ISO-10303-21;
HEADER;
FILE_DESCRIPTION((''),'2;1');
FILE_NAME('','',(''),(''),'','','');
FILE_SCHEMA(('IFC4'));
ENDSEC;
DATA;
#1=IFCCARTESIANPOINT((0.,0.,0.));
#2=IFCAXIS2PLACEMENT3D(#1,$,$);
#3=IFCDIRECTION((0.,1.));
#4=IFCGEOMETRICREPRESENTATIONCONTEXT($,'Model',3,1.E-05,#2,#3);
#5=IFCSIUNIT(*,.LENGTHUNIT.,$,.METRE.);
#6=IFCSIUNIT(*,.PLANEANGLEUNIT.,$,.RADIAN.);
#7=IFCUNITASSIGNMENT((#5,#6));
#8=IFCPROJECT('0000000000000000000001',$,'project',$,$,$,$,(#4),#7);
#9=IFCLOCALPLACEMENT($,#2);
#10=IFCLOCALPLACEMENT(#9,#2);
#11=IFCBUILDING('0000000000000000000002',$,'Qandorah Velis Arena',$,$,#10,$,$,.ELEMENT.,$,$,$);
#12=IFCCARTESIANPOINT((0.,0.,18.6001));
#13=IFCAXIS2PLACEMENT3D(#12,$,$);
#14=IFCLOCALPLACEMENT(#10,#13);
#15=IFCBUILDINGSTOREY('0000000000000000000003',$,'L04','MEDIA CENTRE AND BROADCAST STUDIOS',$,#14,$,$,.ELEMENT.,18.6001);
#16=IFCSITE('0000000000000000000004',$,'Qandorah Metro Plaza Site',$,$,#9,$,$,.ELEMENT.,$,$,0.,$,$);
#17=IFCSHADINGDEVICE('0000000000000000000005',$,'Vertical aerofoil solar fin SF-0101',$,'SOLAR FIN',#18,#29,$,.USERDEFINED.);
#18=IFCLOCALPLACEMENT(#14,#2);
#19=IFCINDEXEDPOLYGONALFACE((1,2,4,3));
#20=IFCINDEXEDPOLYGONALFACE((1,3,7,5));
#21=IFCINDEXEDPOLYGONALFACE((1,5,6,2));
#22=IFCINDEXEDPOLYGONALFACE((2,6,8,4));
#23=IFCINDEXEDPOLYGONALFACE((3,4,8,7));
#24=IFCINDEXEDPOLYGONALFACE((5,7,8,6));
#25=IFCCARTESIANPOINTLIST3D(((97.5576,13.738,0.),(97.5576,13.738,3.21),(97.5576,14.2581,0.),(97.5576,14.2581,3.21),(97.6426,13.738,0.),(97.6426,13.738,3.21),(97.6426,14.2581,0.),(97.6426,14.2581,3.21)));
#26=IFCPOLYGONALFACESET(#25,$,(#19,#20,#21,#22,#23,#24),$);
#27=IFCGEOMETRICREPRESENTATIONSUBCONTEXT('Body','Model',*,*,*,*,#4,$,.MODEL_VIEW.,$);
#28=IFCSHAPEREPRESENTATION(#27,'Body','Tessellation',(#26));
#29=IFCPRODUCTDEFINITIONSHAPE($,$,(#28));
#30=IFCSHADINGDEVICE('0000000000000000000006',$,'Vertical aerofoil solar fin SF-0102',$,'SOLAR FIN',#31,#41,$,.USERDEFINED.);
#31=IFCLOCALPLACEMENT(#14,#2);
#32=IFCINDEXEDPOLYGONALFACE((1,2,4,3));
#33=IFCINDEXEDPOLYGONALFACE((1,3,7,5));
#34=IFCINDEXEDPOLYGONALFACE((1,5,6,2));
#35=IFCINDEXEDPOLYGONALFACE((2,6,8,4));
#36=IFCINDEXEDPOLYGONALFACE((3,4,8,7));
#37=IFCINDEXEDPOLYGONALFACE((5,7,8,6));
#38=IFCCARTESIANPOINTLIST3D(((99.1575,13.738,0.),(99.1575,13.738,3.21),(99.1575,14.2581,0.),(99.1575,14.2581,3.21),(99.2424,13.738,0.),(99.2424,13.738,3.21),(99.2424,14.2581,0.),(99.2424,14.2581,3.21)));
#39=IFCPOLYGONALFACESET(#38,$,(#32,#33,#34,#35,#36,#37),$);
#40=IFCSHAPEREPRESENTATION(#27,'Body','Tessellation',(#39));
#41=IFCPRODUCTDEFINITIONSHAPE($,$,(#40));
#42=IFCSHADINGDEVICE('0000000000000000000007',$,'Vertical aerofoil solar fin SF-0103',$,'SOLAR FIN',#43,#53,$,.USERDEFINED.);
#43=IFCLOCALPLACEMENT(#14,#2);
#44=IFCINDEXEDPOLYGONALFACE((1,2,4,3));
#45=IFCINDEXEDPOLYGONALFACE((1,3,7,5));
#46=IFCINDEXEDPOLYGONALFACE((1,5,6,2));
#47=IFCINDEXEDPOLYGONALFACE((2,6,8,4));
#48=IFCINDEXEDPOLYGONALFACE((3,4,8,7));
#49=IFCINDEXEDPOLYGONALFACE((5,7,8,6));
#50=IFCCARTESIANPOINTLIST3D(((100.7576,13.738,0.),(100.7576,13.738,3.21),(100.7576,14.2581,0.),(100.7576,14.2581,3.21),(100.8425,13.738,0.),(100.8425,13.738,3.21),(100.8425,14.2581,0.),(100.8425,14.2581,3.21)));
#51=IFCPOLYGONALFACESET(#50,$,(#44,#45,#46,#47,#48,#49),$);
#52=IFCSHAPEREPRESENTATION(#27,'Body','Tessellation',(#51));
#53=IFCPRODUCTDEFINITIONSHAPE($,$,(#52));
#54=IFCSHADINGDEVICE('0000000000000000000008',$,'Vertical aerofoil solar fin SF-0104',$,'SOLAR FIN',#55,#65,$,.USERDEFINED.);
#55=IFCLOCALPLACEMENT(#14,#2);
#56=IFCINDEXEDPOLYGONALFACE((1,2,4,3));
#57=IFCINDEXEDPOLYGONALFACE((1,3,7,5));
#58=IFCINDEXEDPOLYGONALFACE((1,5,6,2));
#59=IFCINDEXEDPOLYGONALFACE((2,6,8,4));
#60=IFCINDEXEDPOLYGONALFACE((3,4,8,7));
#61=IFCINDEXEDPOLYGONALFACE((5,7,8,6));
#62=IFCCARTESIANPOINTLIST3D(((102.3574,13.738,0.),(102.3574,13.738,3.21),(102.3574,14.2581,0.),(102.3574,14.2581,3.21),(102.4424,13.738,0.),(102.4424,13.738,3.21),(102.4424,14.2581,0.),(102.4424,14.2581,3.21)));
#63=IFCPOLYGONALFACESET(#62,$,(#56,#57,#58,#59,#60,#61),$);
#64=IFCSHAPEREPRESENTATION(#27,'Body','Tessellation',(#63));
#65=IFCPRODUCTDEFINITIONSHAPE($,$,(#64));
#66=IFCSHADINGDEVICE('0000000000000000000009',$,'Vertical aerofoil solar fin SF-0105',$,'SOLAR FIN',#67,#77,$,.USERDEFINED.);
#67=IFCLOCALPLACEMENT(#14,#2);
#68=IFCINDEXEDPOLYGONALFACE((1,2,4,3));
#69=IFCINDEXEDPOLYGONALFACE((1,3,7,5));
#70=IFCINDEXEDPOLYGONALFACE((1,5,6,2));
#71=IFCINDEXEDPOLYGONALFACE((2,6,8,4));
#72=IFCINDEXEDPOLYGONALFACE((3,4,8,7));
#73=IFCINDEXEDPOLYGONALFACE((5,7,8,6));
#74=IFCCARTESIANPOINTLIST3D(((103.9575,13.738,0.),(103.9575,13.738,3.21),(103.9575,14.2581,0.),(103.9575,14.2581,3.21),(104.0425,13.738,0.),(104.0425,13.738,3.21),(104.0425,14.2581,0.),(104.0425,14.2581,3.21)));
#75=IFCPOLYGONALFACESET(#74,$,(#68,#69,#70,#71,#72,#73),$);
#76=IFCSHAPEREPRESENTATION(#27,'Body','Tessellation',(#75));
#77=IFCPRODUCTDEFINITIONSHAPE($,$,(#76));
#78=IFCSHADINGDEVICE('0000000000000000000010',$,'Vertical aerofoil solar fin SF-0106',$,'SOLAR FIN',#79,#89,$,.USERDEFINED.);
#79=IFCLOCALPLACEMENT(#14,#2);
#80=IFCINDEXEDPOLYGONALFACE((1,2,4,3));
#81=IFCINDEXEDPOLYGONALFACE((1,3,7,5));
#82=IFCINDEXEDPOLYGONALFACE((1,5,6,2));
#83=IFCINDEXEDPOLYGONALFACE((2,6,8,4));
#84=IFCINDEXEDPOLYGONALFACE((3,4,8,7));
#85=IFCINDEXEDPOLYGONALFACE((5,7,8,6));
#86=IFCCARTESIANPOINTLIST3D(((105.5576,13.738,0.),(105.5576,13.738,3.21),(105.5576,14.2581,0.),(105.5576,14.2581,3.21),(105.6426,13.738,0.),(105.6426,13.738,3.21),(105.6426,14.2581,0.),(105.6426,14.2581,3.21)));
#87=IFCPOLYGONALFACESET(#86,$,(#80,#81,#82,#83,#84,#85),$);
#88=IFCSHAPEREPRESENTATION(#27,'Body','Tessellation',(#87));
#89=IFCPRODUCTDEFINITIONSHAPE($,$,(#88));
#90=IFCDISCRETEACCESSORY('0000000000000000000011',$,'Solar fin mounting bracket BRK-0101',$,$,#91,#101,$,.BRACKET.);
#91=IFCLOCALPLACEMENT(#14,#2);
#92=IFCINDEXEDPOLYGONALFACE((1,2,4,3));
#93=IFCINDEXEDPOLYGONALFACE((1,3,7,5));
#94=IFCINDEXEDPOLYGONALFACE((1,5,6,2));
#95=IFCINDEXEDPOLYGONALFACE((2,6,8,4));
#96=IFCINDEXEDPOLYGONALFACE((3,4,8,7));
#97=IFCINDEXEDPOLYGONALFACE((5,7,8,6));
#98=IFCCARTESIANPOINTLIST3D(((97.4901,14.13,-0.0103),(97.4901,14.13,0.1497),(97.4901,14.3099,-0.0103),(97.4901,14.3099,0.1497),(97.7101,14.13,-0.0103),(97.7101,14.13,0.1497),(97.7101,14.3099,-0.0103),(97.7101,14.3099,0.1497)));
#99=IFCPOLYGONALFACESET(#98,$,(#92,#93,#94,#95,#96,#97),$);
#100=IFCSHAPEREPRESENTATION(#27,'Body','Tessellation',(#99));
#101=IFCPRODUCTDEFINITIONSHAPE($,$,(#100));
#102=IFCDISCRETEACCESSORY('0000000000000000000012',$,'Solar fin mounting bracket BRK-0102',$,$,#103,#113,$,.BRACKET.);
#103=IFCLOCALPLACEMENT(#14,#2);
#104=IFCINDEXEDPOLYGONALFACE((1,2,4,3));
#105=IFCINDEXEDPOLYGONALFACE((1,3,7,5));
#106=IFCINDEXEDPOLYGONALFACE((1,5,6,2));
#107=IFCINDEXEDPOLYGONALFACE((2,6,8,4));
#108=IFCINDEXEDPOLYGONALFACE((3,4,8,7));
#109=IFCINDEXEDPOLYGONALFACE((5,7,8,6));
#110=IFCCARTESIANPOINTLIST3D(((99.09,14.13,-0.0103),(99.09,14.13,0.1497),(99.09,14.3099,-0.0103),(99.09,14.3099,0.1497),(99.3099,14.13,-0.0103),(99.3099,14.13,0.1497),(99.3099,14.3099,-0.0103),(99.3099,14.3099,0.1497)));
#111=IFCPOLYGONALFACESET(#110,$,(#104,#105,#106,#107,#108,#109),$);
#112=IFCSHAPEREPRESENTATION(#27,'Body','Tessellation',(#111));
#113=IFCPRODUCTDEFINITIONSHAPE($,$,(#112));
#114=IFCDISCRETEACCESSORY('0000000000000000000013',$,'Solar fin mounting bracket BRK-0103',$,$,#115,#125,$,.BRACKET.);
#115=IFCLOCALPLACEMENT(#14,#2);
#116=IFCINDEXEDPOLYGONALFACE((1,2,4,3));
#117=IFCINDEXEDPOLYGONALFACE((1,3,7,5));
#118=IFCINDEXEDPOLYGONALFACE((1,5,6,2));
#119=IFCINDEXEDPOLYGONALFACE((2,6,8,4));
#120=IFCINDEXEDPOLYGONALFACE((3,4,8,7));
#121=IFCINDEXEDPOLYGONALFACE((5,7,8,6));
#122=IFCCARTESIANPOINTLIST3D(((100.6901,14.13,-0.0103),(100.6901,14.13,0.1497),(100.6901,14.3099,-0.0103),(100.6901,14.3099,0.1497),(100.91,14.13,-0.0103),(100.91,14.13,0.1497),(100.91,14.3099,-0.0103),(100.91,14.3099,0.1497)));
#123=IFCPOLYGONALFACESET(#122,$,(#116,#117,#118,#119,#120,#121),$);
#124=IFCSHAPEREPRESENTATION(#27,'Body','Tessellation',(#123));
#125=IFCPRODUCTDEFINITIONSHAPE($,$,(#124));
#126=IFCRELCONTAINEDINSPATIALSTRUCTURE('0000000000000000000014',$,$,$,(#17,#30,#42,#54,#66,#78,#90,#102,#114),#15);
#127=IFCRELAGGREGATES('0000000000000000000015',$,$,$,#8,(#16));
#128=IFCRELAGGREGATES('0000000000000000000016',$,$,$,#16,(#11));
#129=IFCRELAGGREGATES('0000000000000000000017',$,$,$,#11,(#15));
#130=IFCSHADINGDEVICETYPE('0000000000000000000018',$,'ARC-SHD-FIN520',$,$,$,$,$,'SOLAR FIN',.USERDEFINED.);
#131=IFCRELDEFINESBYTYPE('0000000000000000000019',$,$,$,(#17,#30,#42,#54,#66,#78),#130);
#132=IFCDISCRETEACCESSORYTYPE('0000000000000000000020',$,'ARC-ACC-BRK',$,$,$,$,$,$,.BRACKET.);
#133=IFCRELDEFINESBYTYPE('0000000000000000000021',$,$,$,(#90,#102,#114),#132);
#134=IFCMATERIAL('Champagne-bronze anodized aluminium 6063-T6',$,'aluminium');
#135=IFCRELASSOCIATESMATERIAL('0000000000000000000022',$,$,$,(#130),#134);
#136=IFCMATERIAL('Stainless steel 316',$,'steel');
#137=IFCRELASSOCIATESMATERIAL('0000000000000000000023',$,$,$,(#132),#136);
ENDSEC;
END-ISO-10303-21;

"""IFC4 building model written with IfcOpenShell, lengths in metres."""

from ifc_helpers import new_model, si_unit, direction, frame, origin, origin_2d, place, context, subcontext, project, spatial, rectangle, extrude, material, type_object, element, save


model = new_model("IFC4")

# Units and contexts
model_context = context("Model", 3, precision=1e-05, world=origin(), true_north=direction((0.0, 1.0)))
body_context = subcontext(model_context, "Body", "Model", "MODEL_VIEW")
ifc_project = project(units=[si_unit("LENGTHUNIT", "METRE"), si_unit("PLANEANGLEUNIT", "RADIAN")], contexts=[model_context])

# Site, building, storey
site_placement = place(None, origin())
site = spatial("IfcSite", under=ifc_project, at=site_placement, Name="Qandorah Metro Plaza Site", CompositionType="ELEMENT", RefElevation=0.0)
building_placement = place(site_placement, origin())
building = spatial("IfcBuilding", under=site, at=building_placement, Name="Qandorah Velis Arena", CompositionType="ELEMENT")
storey_placement = place(building_placement, frame((0.0, 0.0, 18.6001)))
storey = spatial("IfcBuildingStorey", under=building, at=storey_placement, Name="L04", Description="MEDIA CENTRE AND BROADCAST STUDIOS", CompositionType="ELEMENT", Elevation=18.6001)

# Shared definitions
ifc_material_1 = material(Name="Champagne-bronze anodized aluminium 6063-T6", Category="aluminium")

# Shading devices
shading_device_type = type_object("IfcShadingDeviceType", Name="ARC-SHD-FIN520", ElementType="SOLAR FIN", PredefinedType="USERDEFINED", material=ifc_material_1)
for number, where, z_axis, x_axis, name in (
    (1, (97.6001, 13.998, 0.0), (0.0, 0.0, 1.0), (1.0, 0.0, 0.0), "Vertical aerofoil solar fin SF-0101"),
    (2, (99.2, 13.998, 0.0), (0.0, 0.0, 1.0), (1.0, 0.0, 0.0), "Vertical aerofoil solar fin SF-0102"),
    (3, (100.8, 13.998, 0.0), (0.0, 0.0, 1.0), (1.0, 0.0, 0.0), "Vertical aerofoil solar fin SF-0103"),
    (4, (102.3999, 13.998, 0.0), (0.0, 0.0, 1.0), (1.0, 0.0, 0.0), "Vertical aerofoil solar fin SF-0104"),
    (5, (104.0, 13.998, 0.0), (0.0, 0.0, 1.0), (1.0, 0.0, 0.0), "Vertical aerofoil solar fin SF-0105"),
    (6, (105.6001, 13.998, 0.0), (0.0, 0.0, 1.0), (1.0, 0.0, 0.0), "Vertical aerofoil solar fin SF-0106"),
):
    element("IfcShadingDevice", number, at=place(storey_placement, frame(where, z_axis=z_axis, x_axis=x_axis)), inside=storey, type_object=shading_device_type, Name=name, ObjectType="SOLAR FIN", PredefinedType="USERDEFINED", context=body_context, shape_type="SweptSolid", body=[
        extrude(rectangle(XDim=0.085, YDim=0.52, at=origin_2d()), origin(), (0.0, 0.0, 1.0), 3.21),
    ])

# Discrete accessories
ifc_material_2 = material(Name="Stainless steel 316", Category="steel")
discrete_accessory_type = type_object("IfcDiscreteAccessoryType", Name="ARC-ACC-BRK", PredefinedType="BRACKET", material=ifc_material_2)
for number, where, z_axis, x_axis, name in (
    (7, (97.6001, 14.22, -0.0103), (0.0, 0.0, 1.0), (1.0, 0.0, 0.0), "Solar fin mounting bracket BRK-0101"),
    (8, (99.2, 14.22, -0.0103), (0.0, 0.0, 1.0), (1.0, 0.0, 0.0), "Solar fin mounting bracket BRK-0102"),
    (9, (100.8, 14.22, -0.0103), (0.0, 0.0, 1.0), (1.0, 0.0, 0.0), "Solar fin mounting bracket BRK-0103"),
):
    element("IfcDiscreteAccessory", number, at=place(storey_placement, frame(where, z_axis=z_axis, x_axis=x_axis)), inside=storey, type_object=discrete_accessory_type, Name=name, PredefinedType="BRACKET", context=body_context, shape_type="SweptSolid", body=[
        extrude(rectangle(XDim=0.22, YDim=0.1799, at=origin_2d()), origin(), (0.0, 0.0, 1.0), 0.1599),
    ])

save(model, "model.ifc")
